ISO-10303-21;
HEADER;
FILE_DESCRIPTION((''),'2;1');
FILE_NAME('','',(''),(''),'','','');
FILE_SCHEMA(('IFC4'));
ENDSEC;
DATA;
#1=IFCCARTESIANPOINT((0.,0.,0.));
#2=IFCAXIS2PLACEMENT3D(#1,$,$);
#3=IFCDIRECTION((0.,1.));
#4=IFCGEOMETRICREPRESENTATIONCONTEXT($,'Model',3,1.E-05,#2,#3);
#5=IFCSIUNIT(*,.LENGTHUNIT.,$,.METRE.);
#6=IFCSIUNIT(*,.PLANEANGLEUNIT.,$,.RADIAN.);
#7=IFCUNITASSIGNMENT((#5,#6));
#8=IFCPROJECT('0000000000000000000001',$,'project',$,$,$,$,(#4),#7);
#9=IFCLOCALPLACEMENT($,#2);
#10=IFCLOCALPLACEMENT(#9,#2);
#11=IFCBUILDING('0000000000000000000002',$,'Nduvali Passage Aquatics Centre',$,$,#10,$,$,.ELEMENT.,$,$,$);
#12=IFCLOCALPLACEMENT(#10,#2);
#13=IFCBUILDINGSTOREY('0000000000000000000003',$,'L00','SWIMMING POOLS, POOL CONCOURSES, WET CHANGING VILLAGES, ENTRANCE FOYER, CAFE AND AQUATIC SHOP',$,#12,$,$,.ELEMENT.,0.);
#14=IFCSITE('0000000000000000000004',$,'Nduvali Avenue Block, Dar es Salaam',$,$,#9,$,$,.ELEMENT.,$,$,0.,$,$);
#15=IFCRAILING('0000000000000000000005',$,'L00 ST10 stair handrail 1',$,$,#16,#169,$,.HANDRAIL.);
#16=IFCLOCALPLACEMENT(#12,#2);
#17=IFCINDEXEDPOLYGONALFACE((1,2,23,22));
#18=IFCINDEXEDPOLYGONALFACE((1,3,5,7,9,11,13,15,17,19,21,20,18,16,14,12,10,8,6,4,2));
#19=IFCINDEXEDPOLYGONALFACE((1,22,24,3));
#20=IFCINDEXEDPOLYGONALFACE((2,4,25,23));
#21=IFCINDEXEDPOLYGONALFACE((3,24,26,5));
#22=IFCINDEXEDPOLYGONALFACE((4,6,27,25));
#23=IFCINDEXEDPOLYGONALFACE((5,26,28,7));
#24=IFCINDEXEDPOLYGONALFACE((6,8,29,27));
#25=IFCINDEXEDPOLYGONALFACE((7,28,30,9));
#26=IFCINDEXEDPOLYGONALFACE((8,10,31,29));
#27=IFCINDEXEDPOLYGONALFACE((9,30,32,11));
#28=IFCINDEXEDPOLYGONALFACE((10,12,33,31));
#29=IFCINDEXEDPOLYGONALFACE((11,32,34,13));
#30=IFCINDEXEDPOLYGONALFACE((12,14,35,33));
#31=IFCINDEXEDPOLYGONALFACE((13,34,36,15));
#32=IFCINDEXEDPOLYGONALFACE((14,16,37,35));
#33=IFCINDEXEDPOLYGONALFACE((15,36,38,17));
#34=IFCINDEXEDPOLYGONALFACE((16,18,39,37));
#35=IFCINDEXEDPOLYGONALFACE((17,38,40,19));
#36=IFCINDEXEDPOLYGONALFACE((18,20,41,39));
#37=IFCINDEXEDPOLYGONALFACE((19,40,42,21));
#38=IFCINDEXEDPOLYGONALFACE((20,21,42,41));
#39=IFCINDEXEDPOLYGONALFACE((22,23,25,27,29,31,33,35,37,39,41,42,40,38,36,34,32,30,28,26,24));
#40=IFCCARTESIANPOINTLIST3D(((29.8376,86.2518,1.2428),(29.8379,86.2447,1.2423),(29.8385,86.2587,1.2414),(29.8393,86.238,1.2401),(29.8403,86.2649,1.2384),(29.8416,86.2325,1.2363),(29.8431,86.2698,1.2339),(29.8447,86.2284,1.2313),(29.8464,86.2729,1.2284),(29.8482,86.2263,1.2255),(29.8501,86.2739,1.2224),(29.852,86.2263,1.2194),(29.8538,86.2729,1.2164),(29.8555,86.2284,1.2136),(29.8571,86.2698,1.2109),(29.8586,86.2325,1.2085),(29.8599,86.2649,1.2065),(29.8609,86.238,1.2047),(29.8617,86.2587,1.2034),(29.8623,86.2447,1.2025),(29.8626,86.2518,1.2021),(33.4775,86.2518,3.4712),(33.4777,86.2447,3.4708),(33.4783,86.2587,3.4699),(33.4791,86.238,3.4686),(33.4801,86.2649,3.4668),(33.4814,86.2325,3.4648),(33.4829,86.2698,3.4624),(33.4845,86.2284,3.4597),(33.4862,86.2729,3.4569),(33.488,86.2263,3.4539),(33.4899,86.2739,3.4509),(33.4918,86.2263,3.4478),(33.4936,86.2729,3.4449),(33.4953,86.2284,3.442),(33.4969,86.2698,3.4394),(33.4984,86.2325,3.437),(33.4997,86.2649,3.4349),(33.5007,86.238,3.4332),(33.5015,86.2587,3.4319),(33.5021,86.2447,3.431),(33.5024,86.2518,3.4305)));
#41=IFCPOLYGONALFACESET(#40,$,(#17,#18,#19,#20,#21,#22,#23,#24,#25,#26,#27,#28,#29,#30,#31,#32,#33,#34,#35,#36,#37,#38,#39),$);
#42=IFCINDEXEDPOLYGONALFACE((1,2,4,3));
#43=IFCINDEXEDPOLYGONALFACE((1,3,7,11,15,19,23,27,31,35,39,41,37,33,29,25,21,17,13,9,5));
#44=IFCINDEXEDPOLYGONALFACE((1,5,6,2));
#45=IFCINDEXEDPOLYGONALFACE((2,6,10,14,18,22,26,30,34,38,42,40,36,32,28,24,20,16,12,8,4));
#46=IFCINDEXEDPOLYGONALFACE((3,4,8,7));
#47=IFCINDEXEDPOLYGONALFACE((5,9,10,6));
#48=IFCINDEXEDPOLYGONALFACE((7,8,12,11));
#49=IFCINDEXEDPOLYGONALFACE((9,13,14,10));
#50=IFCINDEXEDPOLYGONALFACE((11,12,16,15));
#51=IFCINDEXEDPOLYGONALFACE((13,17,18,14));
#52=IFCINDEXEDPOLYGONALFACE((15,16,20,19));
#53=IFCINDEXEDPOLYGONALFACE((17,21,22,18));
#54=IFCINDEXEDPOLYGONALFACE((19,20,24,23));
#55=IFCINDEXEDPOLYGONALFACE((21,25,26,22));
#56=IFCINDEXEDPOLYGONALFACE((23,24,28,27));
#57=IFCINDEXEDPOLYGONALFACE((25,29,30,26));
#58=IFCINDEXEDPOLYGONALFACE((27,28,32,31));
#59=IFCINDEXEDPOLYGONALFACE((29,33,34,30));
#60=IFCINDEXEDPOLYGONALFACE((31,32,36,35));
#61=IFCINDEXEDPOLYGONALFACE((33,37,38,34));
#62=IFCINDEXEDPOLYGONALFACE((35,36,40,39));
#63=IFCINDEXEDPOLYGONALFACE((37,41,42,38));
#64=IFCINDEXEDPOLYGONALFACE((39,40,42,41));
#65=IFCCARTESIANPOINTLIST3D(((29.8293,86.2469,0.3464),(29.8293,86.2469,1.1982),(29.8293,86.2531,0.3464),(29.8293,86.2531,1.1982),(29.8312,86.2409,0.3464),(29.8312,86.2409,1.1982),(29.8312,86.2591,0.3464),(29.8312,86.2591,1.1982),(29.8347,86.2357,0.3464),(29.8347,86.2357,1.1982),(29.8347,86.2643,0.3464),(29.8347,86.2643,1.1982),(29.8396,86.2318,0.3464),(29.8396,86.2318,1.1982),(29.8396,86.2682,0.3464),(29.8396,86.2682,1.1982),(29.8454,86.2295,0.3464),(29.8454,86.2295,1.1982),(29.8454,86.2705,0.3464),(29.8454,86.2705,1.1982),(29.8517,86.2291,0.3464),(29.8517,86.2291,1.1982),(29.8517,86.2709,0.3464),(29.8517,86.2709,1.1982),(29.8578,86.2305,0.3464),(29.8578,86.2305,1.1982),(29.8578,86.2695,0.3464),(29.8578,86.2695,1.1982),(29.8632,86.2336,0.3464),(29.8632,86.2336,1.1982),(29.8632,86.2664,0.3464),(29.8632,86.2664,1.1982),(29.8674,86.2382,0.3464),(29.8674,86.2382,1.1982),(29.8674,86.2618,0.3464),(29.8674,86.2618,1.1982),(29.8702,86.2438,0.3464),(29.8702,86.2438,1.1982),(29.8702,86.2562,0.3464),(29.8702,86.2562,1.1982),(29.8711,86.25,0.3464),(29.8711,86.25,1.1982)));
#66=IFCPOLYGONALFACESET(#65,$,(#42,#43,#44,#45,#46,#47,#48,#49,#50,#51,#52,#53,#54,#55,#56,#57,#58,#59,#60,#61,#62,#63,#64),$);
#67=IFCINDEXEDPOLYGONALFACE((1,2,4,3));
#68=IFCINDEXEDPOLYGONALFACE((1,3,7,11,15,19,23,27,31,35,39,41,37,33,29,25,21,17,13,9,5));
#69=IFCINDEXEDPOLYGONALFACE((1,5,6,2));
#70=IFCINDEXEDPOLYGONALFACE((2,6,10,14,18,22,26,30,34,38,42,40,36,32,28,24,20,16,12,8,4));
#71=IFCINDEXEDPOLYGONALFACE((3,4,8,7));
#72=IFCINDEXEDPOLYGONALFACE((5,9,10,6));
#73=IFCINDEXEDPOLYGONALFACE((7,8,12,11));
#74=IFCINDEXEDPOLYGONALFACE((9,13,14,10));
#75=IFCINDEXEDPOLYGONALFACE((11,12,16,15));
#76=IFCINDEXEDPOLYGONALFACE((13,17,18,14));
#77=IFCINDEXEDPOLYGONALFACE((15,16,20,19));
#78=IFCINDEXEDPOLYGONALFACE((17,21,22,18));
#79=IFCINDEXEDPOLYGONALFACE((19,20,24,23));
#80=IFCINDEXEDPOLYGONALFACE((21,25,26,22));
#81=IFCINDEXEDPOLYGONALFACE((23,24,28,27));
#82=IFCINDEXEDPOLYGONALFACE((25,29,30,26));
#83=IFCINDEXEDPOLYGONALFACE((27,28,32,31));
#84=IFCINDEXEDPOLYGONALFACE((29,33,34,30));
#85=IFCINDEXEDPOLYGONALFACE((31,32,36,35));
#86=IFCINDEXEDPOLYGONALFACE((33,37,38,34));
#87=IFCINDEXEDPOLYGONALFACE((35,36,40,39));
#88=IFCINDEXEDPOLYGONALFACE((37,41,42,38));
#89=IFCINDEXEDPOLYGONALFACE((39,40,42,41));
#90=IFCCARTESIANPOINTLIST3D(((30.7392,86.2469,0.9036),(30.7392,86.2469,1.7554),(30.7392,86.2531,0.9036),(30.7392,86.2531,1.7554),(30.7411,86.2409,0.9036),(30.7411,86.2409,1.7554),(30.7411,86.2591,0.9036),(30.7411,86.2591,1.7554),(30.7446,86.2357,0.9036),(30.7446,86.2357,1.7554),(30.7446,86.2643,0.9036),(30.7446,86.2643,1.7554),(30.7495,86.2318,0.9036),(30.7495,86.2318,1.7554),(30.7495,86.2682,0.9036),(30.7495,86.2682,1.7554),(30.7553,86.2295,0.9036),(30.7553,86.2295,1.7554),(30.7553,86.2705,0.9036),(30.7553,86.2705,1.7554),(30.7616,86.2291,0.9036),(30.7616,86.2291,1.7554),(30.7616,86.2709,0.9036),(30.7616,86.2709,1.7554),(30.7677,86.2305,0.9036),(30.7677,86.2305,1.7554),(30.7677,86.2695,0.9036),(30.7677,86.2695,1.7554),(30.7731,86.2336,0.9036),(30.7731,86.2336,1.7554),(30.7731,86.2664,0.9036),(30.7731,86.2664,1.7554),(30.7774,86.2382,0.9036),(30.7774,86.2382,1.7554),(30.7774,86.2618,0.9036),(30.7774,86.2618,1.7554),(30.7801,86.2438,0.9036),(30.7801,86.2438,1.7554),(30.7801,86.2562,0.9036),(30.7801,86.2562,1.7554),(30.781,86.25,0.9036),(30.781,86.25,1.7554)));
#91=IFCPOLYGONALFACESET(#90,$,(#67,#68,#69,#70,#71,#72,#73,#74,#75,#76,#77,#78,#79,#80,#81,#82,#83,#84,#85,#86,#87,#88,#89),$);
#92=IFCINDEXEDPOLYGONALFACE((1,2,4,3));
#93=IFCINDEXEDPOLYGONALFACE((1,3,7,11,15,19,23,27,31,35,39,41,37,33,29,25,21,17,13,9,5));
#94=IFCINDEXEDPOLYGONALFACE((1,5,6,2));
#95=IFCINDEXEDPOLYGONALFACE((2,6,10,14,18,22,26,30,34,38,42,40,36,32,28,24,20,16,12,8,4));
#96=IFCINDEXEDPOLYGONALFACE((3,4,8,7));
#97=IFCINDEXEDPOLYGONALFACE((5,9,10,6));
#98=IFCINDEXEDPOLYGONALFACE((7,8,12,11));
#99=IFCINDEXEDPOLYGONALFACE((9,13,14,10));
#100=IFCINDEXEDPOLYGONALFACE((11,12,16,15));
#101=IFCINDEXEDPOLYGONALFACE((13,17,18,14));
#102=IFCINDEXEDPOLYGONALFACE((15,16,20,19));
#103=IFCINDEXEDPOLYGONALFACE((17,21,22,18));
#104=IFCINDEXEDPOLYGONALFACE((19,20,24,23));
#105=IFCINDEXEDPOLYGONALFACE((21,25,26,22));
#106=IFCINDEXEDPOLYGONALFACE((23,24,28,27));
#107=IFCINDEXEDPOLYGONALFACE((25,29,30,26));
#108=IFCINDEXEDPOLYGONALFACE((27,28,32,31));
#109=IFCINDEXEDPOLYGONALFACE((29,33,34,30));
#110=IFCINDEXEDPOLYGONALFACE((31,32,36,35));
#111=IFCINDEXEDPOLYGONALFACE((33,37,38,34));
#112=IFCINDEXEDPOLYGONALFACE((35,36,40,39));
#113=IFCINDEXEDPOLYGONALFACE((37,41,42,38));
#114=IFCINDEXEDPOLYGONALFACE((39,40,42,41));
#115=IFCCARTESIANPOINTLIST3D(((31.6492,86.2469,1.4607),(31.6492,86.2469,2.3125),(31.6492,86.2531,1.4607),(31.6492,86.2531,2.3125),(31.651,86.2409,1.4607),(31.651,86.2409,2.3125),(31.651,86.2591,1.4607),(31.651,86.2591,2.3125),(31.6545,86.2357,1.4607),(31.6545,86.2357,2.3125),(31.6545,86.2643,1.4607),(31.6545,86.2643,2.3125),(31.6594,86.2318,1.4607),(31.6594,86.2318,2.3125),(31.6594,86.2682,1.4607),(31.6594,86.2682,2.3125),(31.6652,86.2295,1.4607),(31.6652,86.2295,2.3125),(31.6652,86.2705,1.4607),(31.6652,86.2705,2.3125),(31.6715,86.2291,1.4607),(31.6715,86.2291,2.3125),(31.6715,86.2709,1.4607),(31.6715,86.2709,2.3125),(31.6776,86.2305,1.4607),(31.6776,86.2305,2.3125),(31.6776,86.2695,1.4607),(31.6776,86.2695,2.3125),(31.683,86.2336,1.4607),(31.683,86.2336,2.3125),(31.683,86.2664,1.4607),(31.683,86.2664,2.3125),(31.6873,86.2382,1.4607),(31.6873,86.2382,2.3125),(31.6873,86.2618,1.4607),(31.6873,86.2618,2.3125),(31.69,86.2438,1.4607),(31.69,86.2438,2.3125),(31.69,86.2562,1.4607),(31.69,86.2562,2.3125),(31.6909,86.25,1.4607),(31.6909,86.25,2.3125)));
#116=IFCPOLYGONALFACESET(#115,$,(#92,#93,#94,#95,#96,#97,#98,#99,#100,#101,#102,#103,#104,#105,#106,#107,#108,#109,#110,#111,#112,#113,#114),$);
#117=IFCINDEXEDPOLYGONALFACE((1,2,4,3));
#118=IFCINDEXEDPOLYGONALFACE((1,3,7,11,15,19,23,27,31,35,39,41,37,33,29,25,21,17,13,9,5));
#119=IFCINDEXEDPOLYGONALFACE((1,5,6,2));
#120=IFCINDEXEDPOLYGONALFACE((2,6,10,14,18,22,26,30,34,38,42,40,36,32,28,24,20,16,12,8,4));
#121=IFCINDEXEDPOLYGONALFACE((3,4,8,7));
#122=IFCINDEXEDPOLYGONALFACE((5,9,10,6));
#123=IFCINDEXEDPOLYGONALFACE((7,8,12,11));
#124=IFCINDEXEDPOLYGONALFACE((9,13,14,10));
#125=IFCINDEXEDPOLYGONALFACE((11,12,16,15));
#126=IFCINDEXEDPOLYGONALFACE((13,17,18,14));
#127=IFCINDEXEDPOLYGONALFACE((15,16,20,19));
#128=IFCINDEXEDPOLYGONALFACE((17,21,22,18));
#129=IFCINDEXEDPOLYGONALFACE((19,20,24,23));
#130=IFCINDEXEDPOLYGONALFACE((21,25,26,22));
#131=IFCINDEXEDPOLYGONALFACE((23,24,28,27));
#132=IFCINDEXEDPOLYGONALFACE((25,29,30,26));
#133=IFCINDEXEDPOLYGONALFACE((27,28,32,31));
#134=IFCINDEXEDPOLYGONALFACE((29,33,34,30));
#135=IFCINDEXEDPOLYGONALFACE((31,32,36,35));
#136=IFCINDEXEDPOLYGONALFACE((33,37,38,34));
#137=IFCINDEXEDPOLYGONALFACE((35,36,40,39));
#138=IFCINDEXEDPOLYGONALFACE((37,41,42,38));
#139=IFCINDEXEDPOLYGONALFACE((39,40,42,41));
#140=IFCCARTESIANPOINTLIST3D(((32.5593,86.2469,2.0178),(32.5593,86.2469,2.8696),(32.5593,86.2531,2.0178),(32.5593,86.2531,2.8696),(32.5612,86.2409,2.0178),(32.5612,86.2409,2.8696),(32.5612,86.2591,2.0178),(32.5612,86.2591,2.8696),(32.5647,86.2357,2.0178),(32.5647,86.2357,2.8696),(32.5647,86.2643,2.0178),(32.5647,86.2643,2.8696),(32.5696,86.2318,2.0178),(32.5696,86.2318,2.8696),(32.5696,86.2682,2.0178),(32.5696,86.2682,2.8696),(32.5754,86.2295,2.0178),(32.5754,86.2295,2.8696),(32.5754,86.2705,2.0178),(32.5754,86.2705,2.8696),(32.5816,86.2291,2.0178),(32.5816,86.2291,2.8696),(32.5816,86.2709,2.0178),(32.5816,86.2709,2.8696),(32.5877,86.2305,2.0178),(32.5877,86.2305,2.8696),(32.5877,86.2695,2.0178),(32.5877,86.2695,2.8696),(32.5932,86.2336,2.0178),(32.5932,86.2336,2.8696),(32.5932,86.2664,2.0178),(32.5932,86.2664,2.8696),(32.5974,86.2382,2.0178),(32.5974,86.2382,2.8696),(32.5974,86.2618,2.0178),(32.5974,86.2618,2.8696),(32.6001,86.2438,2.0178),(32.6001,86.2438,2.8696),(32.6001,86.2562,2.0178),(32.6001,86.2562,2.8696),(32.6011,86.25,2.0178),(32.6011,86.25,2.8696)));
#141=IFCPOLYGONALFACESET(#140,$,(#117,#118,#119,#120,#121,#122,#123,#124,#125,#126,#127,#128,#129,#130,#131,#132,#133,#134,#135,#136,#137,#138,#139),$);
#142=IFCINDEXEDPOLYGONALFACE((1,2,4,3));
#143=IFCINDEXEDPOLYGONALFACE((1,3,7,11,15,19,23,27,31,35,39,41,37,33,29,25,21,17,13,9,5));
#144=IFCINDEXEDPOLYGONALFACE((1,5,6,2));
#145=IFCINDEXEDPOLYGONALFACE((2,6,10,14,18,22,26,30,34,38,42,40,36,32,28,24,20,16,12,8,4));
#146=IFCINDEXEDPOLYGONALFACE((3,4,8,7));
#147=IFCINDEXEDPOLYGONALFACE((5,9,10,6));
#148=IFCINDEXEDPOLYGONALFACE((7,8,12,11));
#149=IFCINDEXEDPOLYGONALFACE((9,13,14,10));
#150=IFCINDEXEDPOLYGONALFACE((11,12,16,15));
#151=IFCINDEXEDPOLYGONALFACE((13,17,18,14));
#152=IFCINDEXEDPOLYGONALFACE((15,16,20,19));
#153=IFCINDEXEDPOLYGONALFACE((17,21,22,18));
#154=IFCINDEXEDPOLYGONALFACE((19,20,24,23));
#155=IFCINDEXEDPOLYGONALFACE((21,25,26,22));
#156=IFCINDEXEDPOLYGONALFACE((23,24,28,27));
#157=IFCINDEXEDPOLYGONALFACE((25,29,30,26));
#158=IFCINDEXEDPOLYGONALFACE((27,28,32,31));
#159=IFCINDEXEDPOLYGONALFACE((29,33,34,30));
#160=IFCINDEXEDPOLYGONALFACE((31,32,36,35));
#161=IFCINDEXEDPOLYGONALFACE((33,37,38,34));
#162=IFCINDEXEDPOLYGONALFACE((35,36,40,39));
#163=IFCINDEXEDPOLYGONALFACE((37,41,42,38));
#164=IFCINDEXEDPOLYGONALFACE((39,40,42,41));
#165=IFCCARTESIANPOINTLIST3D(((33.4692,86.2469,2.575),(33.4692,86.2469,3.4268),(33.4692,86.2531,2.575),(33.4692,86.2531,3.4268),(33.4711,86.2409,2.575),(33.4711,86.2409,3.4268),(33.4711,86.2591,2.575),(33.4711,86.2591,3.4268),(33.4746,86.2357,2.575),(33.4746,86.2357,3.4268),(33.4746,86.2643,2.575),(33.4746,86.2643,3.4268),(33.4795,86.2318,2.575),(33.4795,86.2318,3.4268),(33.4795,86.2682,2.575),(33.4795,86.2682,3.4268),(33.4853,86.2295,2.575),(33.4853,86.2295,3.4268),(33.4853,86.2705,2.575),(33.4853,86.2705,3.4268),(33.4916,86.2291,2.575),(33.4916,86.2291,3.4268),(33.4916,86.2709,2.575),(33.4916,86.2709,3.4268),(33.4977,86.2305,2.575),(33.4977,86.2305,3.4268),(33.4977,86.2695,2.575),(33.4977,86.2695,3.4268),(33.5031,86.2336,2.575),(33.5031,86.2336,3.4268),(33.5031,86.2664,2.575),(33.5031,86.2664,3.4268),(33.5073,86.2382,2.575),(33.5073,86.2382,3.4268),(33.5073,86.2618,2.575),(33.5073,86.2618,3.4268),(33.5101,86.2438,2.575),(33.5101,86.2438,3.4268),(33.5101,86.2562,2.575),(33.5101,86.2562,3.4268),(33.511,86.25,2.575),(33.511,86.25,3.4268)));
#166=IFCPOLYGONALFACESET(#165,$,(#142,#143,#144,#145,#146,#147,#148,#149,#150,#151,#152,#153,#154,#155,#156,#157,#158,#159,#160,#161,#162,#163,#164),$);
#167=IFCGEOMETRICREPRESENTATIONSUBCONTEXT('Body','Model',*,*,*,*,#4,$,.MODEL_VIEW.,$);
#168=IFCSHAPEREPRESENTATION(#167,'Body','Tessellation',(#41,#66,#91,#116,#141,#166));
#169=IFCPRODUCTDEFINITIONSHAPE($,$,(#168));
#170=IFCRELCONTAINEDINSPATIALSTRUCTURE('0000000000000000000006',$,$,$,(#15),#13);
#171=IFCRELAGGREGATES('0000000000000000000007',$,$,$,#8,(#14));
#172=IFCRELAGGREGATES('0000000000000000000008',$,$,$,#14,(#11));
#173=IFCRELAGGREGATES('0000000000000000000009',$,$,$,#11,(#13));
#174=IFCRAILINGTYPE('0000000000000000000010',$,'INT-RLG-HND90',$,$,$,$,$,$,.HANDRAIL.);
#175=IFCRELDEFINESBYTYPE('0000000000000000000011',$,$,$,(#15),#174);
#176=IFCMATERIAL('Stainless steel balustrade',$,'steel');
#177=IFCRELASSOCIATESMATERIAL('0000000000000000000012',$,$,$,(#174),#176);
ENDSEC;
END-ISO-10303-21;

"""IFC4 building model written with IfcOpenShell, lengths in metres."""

from ifc_helpers import new_model, si_unit, direction, frame, origin, origin_2d, place, context, subcontext, project, spatial, circle, extrude, material, type_object, element, save


model = new_model("IFC4")

# Units and contexts
model_context = context("Model", 3, precision=1e-05, world=origin(), true_north=direction((0.0, 1.0)))
body_context = subcontext(model_context, "Body", "Model", "MODEL_VIEW")
ifc_project = project(units=[si_unit("LENGTHUNIT", "METRE"), si_unit("PLANEANGLEUNIT", "RADIAN")], contexts=[model_context])

# Site, building, storey
site_placement = place(None, origin())
site = spatial("IfcSite", under=ifc_project, at=site_placement, Name="Nduvali Avenue Block, Dar es Salaam", CompositionType="ELEMENT", RefElevation=0.0)
building_placement = place(site_placement, origin())
building = spatial("IfcBuilding", under=site, at=building_placement, Name="Nduvali Passage Aquatics Centre", CompositionType="ELEMENT")
storey_placement = place(building_placement, origin())
storey = spatial("IfcBuildingStorey", under=building, at=storey_placement, Name="L00", Description="SWIMMING POOLS, POOL CONCOURSES, WET CHANGING VILLAGES, ENTRANCE FOYER, CAFE AND AQUATIC SHOP", CompositionType="ELEMENT", Elevation=0.0)

# Railing
ifc_material_1 = material(Name="Stainless steel balustrade", Category="steel")
railing_type_1 = type_object("IfcRailingType", Name="INT-RLG-HND90", PredefinedType="HANDRAIL", material=ifc_material_1)
railing_1_placement = place(storey_placement, frame((29.8501, 86.25, 0.3464)))
element("IfcRailing", 1, at=railing_1_placement, inside=storey, type_object=railing_type_1, Name="L00 ST10 stair handrail 1", PredefinedType="HANDRAIL", context=body_context, shape_type="SweptSolid", body=[
    extrude(circle(Radius=0.0239, at=origin_2d()), frame((0.0, 0.0, 0.876), z_axis=(0.85285, 0.0, 0.522156), x_axis=(0.0, 1.0, 0.0)), (0.0, 0.0, 1.0), 4.2678),
    extrude(circle(Radius=0.021, at=origin_2d()), origin(), (0.0, 0.0, 1.0), 0.8518),
    extrude(circle(Radius=0.021, at=origin_2d()), frame((0.9099, 0.0, 0.5571)), (0.0, 0.0, 1.0), 0.8518),
    extrude(circle(Radius=0.021, at=origin_2d()), frame((1.8198, 0.0, 1.1143)), (0.0, 0.0, 1.0), 0.8518),
    extrude(circle(Radius=0.021, at=origin_2d()), frame((2.73, 0.0, 1.6714)), (0.0, 0.0, 1.0), 0.8518),
    extrude(circle(Radius=0.021, at=origin_2d()), frame((3.6399, 0.0, 2.2285)), (0.0, 0.0, 1.0), 0.8518),
])

save(model, "model.ifc")
